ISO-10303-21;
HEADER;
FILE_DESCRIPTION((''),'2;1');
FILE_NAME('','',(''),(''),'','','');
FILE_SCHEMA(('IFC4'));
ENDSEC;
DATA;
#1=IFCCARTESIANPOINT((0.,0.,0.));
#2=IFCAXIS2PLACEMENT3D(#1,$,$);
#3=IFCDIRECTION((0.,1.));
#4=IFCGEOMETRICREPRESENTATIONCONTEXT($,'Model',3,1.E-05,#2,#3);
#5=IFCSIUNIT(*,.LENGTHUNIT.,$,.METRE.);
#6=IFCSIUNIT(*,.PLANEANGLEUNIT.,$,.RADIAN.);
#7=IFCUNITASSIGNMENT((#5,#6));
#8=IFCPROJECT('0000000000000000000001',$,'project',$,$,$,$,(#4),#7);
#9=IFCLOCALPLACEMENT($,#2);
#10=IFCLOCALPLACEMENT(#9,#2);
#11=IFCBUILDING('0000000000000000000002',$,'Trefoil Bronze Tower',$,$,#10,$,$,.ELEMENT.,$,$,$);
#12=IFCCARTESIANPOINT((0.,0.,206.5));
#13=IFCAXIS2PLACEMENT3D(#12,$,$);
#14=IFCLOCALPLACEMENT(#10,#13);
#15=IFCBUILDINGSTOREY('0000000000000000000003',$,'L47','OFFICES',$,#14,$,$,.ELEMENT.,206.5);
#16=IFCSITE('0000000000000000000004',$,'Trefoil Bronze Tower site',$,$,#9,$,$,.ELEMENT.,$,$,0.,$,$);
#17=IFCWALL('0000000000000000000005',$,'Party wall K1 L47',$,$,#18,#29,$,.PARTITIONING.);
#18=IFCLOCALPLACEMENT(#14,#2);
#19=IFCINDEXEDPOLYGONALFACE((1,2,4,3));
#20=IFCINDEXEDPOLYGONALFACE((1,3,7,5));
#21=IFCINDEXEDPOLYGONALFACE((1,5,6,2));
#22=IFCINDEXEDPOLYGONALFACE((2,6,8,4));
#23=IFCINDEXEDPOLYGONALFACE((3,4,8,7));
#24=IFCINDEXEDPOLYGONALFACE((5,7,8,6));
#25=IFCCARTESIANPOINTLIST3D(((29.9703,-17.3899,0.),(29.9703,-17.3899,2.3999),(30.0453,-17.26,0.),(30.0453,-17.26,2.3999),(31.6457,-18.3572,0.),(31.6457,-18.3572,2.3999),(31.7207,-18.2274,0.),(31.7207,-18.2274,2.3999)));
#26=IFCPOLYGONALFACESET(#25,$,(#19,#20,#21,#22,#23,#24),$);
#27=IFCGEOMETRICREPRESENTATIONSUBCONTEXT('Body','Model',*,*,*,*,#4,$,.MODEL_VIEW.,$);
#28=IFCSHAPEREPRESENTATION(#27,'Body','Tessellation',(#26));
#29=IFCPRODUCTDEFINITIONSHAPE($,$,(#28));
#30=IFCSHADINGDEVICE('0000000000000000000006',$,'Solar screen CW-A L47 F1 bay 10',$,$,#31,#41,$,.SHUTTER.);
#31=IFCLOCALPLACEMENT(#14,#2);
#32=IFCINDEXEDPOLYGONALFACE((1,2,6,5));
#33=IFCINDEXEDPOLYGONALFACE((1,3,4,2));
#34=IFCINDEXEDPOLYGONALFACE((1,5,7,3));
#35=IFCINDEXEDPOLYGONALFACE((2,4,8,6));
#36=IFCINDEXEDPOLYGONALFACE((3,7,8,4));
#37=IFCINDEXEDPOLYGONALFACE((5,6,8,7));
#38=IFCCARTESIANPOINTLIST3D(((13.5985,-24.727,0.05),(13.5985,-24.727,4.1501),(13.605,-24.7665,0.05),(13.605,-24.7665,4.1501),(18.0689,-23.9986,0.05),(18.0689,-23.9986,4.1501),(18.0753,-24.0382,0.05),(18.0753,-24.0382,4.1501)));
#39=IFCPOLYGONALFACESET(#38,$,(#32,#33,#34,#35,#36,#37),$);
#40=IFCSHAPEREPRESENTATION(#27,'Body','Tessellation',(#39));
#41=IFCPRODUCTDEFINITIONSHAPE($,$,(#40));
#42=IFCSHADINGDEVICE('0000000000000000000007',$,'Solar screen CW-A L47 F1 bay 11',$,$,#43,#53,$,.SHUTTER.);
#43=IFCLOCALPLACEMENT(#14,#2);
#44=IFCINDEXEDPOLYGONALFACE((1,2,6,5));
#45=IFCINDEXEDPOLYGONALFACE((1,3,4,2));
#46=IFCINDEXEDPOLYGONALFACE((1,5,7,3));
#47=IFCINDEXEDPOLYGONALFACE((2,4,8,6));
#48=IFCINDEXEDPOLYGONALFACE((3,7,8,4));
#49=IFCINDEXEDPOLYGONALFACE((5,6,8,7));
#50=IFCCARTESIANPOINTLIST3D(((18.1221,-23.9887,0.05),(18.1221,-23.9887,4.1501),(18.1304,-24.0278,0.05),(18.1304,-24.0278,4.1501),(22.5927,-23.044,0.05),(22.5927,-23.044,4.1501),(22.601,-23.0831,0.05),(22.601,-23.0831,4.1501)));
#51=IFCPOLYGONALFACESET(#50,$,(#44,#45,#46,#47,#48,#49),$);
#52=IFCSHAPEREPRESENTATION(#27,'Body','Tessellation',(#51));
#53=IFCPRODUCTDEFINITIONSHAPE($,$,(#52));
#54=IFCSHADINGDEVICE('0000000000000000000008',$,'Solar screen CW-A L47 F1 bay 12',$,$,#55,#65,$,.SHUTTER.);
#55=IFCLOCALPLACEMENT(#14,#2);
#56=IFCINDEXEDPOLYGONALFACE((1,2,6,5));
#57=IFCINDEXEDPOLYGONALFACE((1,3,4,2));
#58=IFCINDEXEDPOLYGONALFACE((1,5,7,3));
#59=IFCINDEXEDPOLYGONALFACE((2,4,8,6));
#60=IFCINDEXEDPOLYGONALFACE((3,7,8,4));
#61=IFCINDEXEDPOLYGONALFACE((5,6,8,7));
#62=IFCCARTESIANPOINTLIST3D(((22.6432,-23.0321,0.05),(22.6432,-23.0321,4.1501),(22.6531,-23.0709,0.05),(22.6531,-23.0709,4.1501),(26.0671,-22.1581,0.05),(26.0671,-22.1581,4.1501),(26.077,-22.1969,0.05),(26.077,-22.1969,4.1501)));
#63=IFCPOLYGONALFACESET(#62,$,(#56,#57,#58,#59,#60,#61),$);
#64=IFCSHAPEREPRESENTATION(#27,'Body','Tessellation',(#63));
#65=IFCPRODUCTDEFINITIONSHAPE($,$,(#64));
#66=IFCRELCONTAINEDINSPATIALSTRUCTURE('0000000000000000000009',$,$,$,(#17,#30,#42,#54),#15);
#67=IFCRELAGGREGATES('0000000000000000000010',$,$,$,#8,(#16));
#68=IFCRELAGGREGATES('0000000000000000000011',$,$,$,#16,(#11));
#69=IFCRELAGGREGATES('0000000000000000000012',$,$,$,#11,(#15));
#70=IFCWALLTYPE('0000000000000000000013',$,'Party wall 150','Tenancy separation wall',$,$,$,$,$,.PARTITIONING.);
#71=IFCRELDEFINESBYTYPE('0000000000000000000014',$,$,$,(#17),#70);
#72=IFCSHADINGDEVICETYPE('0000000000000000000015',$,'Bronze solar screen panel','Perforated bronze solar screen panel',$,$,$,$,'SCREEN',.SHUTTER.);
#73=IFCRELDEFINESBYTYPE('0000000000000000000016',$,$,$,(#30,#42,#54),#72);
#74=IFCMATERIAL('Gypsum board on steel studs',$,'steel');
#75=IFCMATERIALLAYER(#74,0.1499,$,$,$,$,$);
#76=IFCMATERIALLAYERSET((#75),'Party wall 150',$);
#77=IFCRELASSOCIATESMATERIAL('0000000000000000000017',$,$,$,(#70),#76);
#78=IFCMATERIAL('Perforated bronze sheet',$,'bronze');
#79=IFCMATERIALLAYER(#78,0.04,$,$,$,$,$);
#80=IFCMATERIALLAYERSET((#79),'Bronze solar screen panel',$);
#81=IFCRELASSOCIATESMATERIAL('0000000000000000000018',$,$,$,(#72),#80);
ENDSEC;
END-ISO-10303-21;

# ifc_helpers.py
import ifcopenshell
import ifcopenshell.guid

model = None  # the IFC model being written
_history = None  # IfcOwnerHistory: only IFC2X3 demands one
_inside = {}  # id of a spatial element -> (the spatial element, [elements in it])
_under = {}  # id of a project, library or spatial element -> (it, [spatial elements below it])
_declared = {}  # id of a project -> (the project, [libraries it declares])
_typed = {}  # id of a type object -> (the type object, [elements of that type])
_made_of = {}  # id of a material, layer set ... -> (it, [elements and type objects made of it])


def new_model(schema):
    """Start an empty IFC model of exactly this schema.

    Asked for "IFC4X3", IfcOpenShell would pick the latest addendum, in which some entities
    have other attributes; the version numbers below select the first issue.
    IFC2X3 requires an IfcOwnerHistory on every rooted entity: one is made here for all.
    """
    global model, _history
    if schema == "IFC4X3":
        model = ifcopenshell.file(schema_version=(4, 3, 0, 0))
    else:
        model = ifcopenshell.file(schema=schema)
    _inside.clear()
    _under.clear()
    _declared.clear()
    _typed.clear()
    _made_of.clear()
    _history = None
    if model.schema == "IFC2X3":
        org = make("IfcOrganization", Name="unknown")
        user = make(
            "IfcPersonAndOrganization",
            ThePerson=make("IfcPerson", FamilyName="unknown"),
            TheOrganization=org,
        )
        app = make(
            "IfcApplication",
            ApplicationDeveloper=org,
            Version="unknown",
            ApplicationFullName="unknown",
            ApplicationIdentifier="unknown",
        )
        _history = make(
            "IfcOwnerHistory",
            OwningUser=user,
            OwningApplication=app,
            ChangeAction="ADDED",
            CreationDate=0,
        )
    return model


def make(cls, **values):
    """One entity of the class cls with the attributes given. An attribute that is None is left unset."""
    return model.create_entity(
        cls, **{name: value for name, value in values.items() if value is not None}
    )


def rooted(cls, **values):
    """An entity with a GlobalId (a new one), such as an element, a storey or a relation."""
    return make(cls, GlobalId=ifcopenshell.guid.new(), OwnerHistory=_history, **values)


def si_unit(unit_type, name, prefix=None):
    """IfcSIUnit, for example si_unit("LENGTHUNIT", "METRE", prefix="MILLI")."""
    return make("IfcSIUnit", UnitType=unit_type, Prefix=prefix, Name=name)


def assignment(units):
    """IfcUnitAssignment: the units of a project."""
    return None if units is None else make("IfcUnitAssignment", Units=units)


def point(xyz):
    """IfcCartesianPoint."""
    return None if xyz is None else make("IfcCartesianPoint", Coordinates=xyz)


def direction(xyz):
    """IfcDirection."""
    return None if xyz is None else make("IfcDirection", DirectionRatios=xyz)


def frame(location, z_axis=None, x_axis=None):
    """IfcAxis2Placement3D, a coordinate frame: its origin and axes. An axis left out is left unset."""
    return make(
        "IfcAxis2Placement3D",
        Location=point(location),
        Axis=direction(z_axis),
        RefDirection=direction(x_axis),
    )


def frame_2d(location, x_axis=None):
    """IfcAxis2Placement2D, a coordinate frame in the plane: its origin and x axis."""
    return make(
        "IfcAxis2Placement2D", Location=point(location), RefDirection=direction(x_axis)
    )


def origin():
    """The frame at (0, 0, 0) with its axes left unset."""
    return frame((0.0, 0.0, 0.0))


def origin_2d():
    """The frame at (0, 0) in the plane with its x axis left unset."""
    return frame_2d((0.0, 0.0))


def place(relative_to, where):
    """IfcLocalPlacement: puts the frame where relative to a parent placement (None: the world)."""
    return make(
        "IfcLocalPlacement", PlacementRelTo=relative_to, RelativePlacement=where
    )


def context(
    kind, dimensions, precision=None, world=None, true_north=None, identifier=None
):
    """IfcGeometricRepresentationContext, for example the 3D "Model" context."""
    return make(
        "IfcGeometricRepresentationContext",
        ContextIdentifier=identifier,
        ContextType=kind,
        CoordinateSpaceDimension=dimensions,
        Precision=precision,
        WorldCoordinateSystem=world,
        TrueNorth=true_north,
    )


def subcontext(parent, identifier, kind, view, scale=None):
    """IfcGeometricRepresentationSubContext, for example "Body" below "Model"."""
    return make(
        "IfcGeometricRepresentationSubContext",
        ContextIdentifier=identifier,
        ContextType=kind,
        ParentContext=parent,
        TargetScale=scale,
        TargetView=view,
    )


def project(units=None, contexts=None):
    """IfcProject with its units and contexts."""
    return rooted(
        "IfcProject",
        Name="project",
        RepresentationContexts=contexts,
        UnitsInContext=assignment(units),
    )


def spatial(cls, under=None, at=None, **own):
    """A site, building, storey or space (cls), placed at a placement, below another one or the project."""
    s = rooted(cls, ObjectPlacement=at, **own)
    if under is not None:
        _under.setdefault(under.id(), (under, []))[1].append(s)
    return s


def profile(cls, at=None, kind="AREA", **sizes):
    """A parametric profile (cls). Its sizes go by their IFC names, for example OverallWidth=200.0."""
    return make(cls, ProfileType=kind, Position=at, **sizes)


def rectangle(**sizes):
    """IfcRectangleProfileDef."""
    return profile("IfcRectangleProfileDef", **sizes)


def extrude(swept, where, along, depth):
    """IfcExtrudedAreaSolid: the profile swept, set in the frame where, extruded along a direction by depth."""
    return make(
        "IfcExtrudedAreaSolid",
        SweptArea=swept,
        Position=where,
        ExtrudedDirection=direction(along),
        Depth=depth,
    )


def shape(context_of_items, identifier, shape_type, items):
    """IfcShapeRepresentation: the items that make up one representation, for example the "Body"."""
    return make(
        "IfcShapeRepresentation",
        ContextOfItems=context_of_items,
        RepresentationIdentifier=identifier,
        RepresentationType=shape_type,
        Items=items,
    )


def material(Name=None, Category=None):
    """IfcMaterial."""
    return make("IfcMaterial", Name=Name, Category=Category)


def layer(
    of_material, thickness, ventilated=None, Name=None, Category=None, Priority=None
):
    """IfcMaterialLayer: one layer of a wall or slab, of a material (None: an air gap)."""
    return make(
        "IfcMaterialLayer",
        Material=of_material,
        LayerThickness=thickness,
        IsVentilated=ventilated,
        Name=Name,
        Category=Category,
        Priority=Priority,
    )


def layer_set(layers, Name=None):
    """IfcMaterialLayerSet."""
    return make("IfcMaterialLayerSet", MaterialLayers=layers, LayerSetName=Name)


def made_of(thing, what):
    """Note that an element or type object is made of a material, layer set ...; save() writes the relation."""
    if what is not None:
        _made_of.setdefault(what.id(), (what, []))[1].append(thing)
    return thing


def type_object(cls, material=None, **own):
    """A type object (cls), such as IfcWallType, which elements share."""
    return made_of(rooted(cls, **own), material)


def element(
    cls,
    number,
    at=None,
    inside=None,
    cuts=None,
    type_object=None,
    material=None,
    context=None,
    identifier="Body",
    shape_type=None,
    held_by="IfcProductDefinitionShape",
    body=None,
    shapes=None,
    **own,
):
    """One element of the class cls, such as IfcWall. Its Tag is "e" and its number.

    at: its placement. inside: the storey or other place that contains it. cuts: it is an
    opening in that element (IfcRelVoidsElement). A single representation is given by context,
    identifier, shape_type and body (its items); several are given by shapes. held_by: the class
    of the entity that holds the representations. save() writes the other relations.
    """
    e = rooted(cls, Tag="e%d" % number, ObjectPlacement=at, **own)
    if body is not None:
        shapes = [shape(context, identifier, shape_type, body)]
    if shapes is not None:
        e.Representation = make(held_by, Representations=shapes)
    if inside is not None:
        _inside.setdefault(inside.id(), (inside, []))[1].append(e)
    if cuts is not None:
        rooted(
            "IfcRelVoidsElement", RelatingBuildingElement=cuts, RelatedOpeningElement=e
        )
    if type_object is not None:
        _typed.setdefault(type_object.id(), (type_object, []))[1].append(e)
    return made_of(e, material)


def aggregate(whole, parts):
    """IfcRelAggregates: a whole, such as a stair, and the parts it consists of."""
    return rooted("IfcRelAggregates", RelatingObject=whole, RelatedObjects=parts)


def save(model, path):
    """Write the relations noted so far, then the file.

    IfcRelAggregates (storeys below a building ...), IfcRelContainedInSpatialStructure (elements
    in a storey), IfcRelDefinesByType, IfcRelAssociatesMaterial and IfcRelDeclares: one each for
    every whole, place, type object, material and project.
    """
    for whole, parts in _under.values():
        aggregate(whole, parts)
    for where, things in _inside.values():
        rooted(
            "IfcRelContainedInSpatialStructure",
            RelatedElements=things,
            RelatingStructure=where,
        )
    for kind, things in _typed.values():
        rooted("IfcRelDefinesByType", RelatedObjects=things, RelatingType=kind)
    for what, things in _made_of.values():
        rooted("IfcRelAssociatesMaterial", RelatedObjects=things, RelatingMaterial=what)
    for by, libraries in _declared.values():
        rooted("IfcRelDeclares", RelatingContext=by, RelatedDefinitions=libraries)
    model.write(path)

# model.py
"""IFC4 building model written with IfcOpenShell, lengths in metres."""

from ifc_helpers import new_model, si_unit, direction, frame, frame_2d, origin, origin_2d, place, context, subcontext, project, spatial, rectangle, extrude, material, layer, layer_set, type_object, element, save


model = new_model("IFC4")

# Units and contexts
model_context = context("Model", 3, precision=1e-05, world=origin(), true_north=direction((0.0, 1.0)))
body_context = subcontext(model_context, "Body", "Model", "MODEL_VIEW")
ifc_project = project(units=[si_unit("LENGTHUNIT", "METRE"), si_unit("PLANEANGLEUNIT", "RADIAN")], contexts=[model_context])

# Site, building, storey
site_placement = place(None, origin())
site = spatial("IfcSite", under=ifc_project, at=site_placement, Name="Trefoil Bronze Tower site", CompositionType="ELEMENT", RefElevation=0.0)
building_placement = place(site_placement, origin())
building = spatial("IfcBuilding", under=site, at=building_placement, Name="Trefoil Bronze Tower", CompositionType="ELEMENT")
storey_placement = place(building_placement, frame((0.0, 0.0, 206.5)))
storey = spatial("IfcBuildingStorey", under=building, at=storey_placement, Name="L47", Description="OFFICES", CompositionType="ELEMENT", Elevation=206.5)

# Wall
ifc_material_1 = material(Name="Gypsum board on steel studs", Category="steel")
ifc_layer_1 = layer(ifc_material_1, 0.1499)
ifc_layer_set_1 = layer_set([ifc_layer_1], Name="Party wall 150")
wall_type = type_object("IfcWallType", Name="Party wall 150", Description="Tenancy separation wall", PredefinedType="PARTITIONING", material=ifc_layer_set_1)
wall_placement = place(storey_placement, frame((30.0078, -17.325, 0.0), z_axis=(0.0, 0.0, 1.0), x_axis=(0.866013, -0.500021, 0.0)))
element("IfcWall", 1, at=wall_placement, inside=storey, type_object=wall_type, Name="Party wall K1 L47", PredefinedType="PARTITIONING", context=body_context, shape_type="SweptSolid", body=[
    extrude(rectangle(XDim=1.9346, YDim=0.1499, at=frame_2d((0.9673, 0.0))), origin(), (0.0, 0.0, 1.0), 2.3999),
])

# Shading devices
ifc_material_2 = material(Name="Perforated bronze sheet", Category="bronze")
ifc_layer_2 = layer(ifc_material_2, 0.04)
ifc_layer_set_2 = layer_set([ifc_layer_2], Name="Bronze solar screen panel")
shading_device_type = type_object("IfcShadingDeviceType", Name="Bronze solar screen panel", Description="Perforated bronze solar screen panel", ElementType="SCREEN", PredefinedType="SHUTTER", material=ifc_layer_set_2)
shading_device_1_placement = place(storey_placement, frame((15.8369, -24.3826, 0.05), z_axis=(0.0, 0.0, 1.0), x_axis=(0.986987, 0.160803, 0.0)))
element("IfcShadingDevice", 2, at=shading_device_1_placement, inside=storey, type_object=shading_device_type, Name="Solar screen CW-A L47 F1 bay 10", PredefinedType="SHUTTER", context=body_context, shape_type="SweptSolid", body=[
    extrude(rectangle(XDim=4.5293, YDim=0.04, at=origin_2d()), origin(), (0.0, 0.0, 1.0), 4.1001),
])
shading_device_2_placement = place(storey_placement, frame((20.3616, -23.5359, 0.05), z_axis=(0.0, 0.0, 1.0), x_axis=(0.978394, 0.206747, 0.0)))
element("IfcShadingDevice", 3, at=shading_device_2_placement, inside=storey, type_object=shading_device_type, Name="Solar screen CW-A L47 F1 bay 11", PredefinedType="SHUTTER", context=body_context, shape_type="SweptSolid", body=[
    extrude(rectangle(XDim=4.5693, YDim=0.04, at=origin_2d()), origin(), (0.0, 0.0, 1.0), 4.1001),
])
shading_device_3_placement = place(storey_placement, frame((24.3601, -22.6145, 0.05), z_axis=(0.0, 0.0, 1.0), x_axis=(0.968934, 0.247319, 0.0)))
element("IfcShadingDevice", 4, at=shading_device_3_placement, inside=storey, type_object=shading_device_type, Name="Solar screen CW-A L47 F1 bay 12", PredefinedType="SHUTTER", context=body_context, shape_type="SweptSolid", body=[
    extrude(rectangle(XDim=3.5337, YDim=0.04, at=origin_2d()), origin(), (0.0, 0.0, 1.0), 4.1001),
])

save(model, "model.ifc")
